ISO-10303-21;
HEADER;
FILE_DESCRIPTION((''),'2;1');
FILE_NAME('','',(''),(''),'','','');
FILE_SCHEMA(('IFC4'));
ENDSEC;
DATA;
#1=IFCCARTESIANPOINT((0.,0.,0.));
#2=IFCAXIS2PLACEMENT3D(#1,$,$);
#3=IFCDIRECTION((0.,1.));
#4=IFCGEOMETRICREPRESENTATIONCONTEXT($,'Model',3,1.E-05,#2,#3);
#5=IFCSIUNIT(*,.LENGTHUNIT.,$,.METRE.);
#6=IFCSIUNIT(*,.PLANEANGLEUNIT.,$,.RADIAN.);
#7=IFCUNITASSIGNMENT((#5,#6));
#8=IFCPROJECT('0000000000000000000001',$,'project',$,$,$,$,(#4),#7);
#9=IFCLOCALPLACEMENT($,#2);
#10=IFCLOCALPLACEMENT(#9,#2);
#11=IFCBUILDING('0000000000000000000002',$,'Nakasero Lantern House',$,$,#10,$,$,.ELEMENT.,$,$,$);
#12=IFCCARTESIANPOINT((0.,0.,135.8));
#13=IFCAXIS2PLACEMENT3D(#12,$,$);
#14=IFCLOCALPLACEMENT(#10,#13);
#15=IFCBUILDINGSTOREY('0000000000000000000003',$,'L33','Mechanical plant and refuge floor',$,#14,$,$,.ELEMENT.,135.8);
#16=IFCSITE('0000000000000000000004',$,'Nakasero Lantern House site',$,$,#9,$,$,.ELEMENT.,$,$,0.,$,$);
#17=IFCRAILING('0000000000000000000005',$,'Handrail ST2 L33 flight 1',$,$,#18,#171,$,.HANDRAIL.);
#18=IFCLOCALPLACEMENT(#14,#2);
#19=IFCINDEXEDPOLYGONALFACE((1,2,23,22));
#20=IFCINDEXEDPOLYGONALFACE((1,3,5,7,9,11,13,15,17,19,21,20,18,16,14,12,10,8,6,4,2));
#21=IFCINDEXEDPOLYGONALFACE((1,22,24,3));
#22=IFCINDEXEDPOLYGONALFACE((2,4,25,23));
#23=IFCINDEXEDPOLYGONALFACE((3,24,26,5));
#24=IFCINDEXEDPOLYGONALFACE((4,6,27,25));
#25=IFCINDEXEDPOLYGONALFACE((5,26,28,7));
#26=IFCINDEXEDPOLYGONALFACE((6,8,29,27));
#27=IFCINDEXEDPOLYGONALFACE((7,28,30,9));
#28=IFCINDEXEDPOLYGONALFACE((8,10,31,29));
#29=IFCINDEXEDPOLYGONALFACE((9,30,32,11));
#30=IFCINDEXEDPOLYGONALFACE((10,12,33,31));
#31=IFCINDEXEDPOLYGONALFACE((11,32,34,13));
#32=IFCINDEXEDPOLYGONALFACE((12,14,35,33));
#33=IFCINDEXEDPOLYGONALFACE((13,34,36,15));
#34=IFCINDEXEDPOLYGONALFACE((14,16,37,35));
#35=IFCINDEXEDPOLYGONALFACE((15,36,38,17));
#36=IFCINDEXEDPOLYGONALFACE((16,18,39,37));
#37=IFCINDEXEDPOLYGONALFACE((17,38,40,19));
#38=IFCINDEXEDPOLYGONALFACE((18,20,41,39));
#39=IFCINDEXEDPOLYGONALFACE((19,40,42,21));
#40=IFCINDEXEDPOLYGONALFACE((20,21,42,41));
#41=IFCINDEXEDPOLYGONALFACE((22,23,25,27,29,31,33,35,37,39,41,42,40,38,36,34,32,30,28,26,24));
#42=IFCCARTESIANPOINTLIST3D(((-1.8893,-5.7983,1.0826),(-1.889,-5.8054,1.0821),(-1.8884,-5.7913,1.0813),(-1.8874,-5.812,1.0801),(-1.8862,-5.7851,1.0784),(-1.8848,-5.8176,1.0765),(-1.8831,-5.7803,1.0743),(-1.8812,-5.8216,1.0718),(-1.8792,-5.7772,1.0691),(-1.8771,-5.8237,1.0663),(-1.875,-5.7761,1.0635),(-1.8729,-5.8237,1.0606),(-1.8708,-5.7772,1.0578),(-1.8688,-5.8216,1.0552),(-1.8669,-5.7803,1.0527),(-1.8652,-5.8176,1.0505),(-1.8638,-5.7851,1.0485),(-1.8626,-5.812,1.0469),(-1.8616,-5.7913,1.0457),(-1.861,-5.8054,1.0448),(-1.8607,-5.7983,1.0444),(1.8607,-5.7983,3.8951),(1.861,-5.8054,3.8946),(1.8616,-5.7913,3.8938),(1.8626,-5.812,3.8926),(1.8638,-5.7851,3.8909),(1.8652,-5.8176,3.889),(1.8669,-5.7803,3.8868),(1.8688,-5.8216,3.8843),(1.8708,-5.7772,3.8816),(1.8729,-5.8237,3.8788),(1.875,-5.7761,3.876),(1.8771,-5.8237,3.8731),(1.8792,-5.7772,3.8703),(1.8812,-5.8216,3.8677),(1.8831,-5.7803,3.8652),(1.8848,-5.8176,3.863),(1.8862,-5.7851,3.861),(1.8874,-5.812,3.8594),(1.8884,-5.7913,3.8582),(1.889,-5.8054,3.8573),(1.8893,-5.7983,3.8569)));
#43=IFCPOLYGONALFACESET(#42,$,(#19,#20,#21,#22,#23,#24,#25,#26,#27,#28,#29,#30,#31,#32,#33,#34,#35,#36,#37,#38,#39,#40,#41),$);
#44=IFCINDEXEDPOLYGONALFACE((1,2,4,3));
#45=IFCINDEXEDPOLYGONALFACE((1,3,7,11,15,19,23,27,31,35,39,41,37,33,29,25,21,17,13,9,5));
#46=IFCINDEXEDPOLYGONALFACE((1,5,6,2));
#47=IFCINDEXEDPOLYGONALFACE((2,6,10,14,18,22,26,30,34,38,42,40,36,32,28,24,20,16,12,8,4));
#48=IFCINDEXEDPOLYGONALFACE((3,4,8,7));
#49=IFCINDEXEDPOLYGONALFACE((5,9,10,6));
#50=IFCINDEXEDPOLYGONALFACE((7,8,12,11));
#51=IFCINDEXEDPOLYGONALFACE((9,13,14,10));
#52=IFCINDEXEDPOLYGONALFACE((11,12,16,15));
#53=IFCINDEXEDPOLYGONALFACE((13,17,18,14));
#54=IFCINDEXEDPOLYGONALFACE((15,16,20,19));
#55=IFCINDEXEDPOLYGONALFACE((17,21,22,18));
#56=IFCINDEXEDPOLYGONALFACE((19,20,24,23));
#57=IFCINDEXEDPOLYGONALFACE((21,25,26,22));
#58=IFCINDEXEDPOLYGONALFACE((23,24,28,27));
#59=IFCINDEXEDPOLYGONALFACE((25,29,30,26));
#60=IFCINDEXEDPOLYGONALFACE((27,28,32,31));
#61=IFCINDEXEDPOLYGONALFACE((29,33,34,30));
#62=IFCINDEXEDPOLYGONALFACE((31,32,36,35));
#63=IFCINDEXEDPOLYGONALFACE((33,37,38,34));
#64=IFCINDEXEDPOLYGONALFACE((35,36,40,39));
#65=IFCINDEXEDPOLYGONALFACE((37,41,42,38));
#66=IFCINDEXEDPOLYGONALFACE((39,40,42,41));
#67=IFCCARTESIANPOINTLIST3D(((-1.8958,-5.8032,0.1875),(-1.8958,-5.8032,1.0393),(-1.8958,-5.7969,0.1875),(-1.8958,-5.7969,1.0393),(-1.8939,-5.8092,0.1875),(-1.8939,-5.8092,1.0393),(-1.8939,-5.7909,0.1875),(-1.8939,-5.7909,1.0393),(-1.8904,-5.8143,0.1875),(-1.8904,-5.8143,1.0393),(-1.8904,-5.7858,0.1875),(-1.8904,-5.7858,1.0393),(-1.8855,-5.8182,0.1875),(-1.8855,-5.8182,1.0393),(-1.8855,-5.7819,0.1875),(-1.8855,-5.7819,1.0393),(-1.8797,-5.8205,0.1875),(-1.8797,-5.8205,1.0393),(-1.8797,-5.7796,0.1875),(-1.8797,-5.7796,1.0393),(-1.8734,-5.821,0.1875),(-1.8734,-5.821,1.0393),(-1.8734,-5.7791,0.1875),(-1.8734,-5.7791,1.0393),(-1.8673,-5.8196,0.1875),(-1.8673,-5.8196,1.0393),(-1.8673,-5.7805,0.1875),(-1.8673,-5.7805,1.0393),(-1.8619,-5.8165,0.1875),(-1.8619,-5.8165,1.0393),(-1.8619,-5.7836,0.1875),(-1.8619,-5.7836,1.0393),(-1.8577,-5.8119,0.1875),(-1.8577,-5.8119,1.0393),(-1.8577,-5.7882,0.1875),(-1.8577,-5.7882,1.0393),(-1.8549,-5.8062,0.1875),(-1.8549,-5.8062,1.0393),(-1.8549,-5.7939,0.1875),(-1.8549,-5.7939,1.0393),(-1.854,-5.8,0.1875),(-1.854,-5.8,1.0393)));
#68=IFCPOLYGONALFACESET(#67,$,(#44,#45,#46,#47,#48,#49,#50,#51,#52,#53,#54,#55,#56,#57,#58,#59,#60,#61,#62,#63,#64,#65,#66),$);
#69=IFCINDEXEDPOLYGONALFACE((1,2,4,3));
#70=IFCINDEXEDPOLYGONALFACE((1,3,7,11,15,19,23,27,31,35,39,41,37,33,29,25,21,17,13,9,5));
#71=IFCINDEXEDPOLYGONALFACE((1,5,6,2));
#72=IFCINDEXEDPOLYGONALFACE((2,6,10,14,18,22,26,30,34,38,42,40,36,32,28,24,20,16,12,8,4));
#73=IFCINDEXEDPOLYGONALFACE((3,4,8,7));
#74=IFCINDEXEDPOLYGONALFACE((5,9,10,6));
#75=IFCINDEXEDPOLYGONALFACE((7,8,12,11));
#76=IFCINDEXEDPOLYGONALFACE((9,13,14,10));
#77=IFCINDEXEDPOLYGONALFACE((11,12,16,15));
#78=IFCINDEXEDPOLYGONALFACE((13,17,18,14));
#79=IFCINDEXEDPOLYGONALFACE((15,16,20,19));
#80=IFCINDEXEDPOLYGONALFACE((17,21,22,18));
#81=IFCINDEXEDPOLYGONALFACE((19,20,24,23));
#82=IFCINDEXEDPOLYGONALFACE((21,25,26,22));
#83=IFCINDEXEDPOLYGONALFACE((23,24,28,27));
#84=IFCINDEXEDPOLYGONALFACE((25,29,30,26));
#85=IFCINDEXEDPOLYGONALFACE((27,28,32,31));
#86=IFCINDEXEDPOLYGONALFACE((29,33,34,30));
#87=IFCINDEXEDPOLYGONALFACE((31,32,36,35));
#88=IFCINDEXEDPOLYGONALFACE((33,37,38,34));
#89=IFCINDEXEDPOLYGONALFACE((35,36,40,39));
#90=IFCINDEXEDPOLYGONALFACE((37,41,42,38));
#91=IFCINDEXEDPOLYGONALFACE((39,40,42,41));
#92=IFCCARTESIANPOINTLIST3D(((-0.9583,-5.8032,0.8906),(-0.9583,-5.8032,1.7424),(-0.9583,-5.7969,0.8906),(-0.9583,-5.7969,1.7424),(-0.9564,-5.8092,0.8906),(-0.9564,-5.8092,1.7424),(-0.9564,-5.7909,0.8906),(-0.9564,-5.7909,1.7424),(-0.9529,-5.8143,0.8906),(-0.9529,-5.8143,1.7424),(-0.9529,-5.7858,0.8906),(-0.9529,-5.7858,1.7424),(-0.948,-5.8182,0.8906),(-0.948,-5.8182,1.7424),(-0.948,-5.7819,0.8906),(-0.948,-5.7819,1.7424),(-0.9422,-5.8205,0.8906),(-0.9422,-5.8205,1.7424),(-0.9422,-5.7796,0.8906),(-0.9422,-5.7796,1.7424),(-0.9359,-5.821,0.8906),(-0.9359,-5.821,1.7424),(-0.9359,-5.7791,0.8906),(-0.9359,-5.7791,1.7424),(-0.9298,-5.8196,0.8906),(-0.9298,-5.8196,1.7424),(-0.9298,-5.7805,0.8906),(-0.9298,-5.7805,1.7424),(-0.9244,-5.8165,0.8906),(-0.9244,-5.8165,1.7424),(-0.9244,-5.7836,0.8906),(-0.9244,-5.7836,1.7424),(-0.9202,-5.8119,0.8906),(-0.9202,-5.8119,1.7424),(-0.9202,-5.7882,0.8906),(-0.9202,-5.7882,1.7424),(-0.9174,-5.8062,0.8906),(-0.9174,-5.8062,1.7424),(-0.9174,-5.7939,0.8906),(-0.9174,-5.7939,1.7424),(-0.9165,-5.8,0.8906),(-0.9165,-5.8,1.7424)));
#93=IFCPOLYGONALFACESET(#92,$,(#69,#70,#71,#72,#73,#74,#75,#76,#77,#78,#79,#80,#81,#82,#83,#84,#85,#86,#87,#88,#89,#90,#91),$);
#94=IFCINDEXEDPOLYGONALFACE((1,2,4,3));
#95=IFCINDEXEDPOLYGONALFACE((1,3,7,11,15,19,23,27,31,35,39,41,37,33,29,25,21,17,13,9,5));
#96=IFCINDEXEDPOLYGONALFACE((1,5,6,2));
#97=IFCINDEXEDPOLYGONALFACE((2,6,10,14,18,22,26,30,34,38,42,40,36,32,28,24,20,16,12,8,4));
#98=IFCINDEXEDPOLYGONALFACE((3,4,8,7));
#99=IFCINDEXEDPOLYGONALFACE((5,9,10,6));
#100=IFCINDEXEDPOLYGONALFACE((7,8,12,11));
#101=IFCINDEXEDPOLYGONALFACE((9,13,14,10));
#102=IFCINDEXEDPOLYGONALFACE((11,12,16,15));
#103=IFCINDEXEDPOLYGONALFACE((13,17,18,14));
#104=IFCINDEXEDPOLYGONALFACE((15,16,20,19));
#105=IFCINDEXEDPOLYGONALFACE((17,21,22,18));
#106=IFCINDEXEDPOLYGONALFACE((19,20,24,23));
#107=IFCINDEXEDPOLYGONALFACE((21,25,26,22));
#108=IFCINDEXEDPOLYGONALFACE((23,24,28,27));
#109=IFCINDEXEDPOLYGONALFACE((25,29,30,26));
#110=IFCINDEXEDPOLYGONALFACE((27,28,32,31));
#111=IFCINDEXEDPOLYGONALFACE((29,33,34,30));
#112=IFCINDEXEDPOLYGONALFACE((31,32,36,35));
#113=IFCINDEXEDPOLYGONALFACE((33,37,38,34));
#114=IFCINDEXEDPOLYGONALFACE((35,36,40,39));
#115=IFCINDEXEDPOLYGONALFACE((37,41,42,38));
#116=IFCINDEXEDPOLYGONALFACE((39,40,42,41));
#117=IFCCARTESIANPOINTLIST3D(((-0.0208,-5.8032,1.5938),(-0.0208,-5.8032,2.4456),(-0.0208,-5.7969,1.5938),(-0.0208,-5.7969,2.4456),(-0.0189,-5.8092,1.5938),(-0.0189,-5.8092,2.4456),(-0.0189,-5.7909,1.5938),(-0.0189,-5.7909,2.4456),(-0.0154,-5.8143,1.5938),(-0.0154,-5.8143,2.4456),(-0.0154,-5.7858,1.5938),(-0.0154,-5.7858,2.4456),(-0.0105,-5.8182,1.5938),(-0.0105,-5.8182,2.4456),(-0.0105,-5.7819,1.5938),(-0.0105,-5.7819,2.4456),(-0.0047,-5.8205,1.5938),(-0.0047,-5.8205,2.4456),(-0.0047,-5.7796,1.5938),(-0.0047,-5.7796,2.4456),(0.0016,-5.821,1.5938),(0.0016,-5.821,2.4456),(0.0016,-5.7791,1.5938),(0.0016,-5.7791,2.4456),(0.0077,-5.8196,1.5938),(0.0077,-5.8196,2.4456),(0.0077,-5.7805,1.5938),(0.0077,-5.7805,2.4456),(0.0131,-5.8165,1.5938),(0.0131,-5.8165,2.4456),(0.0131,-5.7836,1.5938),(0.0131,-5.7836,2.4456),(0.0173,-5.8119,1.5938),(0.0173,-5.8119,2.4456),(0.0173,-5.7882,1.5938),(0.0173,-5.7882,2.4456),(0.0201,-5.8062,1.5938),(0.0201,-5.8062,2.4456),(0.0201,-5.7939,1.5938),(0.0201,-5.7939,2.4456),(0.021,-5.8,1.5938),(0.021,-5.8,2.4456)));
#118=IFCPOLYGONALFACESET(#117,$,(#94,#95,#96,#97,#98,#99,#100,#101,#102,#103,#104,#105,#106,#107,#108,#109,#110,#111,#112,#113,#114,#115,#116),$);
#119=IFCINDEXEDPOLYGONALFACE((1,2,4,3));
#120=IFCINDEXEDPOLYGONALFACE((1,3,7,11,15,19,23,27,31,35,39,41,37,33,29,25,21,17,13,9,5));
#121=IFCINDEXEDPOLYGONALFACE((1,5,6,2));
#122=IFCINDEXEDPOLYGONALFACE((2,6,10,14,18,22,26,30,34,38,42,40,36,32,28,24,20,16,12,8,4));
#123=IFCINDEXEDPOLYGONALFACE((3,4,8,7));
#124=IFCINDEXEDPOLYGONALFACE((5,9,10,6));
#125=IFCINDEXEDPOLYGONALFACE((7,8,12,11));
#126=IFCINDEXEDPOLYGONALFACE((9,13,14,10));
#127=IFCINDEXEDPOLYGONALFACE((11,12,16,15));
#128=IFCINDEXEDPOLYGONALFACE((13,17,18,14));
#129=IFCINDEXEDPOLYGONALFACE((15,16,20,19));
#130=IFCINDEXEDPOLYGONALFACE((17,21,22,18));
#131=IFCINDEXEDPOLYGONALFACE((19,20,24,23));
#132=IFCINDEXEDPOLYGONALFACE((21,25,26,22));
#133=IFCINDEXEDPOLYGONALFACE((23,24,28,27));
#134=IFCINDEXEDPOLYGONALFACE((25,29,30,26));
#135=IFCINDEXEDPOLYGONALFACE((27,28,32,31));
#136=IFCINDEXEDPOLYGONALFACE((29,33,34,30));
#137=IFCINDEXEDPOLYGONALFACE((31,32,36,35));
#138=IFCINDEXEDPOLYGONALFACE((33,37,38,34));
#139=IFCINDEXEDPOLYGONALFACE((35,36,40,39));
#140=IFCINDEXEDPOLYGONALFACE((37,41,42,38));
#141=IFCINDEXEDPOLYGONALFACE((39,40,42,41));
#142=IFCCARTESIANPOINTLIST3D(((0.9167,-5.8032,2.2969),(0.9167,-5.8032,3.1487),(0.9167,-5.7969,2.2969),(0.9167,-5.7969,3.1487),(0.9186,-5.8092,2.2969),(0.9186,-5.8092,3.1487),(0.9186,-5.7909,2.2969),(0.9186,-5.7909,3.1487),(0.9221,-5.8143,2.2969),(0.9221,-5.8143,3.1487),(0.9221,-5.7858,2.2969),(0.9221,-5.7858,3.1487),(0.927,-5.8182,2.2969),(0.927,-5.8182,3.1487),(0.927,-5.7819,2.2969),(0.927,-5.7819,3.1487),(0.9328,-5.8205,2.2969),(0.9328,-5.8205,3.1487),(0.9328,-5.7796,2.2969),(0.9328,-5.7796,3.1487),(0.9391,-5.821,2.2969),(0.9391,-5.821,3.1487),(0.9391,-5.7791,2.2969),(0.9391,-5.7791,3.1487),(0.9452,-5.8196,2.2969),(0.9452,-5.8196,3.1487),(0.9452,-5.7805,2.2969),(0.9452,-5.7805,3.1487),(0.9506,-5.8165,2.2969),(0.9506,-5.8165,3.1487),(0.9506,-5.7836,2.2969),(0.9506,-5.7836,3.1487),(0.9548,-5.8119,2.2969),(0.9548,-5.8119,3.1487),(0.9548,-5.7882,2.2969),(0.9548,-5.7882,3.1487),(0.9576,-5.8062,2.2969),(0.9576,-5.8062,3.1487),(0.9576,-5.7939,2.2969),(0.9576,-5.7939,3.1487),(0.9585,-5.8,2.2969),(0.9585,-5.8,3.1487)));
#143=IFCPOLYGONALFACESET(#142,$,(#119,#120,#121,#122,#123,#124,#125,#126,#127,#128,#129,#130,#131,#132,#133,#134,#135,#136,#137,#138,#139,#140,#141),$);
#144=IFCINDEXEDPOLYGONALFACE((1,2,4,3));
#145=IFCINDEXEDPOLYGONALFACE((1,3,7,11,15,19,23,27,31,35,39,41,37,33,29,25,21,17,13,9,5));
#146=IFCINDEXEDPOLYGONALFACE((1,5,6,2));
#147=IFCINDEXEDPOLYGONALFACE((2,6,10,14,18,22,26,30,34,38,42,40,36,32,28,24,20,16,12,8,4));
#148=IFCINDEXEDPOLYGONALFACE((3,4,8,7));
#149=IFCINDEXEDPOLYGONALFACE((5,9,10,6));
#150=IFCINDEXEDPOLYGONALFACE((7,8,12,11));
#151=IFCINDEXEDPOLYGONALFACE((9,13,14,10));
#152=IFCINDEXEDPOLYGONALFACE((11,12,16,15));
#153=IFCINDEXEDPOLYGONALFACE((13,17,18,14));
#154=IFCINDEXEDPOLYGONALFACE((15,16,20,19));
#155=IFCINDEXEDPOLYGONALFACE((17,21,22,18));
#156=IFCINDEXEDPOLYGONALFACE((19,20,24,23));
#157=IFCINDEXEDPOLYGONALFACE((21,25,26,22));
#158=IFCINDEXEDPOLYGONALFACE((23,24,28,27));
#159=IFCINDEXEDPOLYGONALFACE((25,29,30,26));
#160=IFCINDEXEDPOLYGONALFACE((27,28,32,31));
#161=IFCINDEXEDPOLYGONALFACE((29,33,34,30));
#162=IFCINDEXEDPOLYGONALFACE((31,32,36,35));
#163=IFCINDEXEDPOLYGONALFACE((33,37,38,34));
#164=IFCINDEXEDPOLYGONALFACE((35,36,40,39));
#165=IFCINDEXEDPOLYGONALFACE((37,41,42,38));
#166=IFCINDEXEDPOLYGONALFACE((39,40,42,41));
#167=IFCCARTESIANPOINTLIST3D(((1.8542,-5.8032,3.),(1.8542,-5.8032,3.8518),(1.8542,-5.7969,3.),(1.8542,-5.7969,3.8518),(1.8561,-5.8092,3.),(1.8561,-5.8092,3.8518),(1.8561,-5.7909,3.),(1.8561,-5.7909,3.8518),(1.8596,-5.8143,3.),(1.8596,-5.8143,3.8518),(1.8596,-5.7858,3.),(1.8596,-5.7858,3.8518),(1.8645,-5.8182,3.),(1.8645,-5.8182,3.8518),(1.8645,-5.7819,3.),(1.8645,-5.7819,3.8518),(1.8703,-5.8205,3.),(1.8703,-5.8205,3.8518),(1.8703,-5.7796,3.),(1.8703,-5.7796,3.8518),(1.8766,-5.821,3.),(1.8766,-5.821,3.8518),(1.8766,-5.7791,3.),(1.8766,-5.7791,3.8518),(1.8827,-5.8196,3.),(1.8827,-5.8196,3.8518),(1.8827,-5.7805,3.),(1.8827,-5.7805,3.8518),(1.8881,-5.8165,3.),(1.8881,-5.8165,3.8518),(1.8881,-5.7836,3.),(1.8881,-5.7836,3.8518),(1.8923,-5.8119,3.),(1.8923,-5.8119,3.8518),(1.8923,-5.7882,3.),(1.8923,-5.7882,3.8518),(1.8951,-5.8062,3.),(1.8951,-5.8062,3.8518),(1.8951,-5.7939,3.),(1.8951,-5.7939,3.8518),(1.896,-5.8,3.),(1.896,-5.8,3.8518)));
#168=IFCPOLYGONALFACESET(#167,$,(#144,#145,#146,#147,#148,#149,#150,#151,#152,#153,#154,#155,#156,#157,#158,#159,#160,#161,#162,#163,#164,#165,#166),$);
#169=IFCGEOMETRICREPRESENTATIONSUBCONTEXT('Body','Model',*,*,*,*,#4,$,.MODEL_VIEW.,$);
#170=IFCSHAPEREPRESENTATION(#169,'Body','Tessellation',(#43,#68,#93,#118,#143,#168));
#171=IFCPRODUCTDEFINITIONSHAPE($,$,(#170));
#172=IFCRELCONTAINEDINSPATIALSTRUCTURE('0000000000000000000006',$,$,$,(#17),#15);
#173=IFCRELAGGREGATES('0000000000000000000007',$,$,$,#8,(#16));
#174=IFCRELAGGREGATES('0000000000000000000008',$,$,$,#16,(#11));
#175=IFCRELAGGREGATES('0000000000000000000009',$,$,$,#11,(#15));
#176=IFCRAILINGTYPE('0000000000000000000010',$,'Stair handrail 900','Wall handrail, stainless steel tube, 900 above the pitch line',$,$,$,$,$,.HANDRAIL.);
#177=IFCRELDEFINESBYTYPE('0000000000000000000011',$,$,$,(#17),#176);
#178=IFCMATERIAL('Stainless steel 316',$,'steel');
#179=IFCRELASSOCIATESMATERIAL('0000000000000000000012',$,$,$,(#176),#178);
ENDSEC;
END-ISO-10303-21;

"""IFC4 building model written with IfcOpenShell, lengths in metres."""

from ifc_helpers import new_model, si_unit, direction, frame, origin, origin_2d, place, context, subcontext, project, spatial, circle, extrude, material, type_object, element, save


model = new_model("IFC4")

# Units and contexts
model_context = context("Model", 3, precision=1e-05, world=origin(), true_north=direction((0.0, 1.0)))
body_context = subcontext(model_context, "Body", "Model", "MODEL_VIEW")
ifc_project = project(units=[si_unit("LENGTHUNIT", "METRE"), si_unit("PLANEANGLEUNIT", "RADIAN")], contexts=[model_context])

# Site, building, storey
site_placement = place(None, origin())
site = spatial("IfcSite", under=ifc_project, at=site_placement, Name="Nakasero Lantern House site", CompositionType="ELEMENT", RefElevation=0.0)
building_placement = place(site_placement, origin())
building = spatial("IfcBuilding", under=site, at=building_placement, Name="Nakasero Lantern House", CompositionType="ELEMENT")
storey_placement = place(building_placement, frame((0.0, 0.0, 135.8)))
storey = spatial("IfcBuildingStorey", under=building, at=storey_placement, Name="L33", Description="Mechanical plant and refuge floor", CompositionType="ELEMENT", Elevation=135.8)

# Railing
ifc_material_1 = material(Name="Stainless steel 316", Category="steel")
railing_type = type_object("IfcRailingType", Name="Stair handrail 900", Description="Wall handrail, stainless steel tube, 900 above the pitch line", PredefinedType="HANDRAIL", material=ifc_material_1)
railing_placement = place(storey_placement, frame((-1.875, -5.8, 0.1875)))
element("IfcRailing", 1, at=railing_placement, inside=storey, type_object=railing_type, Name="Handrail ST2 L33 flight 1", PredefinedType="HANDRAIL", context=body_context, shape_type="SweptSolid", body=[
    extrude(circle(Radius=0.0239, at=origin_2d()), frame((0.0, 0.0, 0.876), z_axis=(0.8, 0.0, 0.6), x_axis=(0.0, 1.0, 0.0)), (0.0, 0.0, 1.0), 4.6875),
    extrude(circle(Radius=0.021, at=origin_2d()), origin(), (0.0, 0.0, 1.0), 0.8518),
    extrude(circle(Radius=0.021, at=origin_2d()), frame((0.9375, 0.0, 0.7031)), (0.0, 0.0, 1.0), 0.8518),
    extrude(circle(Radius=0.021, at=origin_2d()), frame((1.875, 0.0, 1.4062)), (0.0, 0.0, 1.0), 0.8518),
    extrude(circle(Radius=0.021, at=origin_2d()), frame((2.8125, 0.0, 2.1094)), (0.0, 0.0, 1.0), 0.8518),
    extrude(circle(Radius=0.021, at=origin_2d()), frame((3.75, 0.0, 2.8125)), (0.0, 0.0, 1.0), 0.8518),
])

save(model, "model.ifc")
